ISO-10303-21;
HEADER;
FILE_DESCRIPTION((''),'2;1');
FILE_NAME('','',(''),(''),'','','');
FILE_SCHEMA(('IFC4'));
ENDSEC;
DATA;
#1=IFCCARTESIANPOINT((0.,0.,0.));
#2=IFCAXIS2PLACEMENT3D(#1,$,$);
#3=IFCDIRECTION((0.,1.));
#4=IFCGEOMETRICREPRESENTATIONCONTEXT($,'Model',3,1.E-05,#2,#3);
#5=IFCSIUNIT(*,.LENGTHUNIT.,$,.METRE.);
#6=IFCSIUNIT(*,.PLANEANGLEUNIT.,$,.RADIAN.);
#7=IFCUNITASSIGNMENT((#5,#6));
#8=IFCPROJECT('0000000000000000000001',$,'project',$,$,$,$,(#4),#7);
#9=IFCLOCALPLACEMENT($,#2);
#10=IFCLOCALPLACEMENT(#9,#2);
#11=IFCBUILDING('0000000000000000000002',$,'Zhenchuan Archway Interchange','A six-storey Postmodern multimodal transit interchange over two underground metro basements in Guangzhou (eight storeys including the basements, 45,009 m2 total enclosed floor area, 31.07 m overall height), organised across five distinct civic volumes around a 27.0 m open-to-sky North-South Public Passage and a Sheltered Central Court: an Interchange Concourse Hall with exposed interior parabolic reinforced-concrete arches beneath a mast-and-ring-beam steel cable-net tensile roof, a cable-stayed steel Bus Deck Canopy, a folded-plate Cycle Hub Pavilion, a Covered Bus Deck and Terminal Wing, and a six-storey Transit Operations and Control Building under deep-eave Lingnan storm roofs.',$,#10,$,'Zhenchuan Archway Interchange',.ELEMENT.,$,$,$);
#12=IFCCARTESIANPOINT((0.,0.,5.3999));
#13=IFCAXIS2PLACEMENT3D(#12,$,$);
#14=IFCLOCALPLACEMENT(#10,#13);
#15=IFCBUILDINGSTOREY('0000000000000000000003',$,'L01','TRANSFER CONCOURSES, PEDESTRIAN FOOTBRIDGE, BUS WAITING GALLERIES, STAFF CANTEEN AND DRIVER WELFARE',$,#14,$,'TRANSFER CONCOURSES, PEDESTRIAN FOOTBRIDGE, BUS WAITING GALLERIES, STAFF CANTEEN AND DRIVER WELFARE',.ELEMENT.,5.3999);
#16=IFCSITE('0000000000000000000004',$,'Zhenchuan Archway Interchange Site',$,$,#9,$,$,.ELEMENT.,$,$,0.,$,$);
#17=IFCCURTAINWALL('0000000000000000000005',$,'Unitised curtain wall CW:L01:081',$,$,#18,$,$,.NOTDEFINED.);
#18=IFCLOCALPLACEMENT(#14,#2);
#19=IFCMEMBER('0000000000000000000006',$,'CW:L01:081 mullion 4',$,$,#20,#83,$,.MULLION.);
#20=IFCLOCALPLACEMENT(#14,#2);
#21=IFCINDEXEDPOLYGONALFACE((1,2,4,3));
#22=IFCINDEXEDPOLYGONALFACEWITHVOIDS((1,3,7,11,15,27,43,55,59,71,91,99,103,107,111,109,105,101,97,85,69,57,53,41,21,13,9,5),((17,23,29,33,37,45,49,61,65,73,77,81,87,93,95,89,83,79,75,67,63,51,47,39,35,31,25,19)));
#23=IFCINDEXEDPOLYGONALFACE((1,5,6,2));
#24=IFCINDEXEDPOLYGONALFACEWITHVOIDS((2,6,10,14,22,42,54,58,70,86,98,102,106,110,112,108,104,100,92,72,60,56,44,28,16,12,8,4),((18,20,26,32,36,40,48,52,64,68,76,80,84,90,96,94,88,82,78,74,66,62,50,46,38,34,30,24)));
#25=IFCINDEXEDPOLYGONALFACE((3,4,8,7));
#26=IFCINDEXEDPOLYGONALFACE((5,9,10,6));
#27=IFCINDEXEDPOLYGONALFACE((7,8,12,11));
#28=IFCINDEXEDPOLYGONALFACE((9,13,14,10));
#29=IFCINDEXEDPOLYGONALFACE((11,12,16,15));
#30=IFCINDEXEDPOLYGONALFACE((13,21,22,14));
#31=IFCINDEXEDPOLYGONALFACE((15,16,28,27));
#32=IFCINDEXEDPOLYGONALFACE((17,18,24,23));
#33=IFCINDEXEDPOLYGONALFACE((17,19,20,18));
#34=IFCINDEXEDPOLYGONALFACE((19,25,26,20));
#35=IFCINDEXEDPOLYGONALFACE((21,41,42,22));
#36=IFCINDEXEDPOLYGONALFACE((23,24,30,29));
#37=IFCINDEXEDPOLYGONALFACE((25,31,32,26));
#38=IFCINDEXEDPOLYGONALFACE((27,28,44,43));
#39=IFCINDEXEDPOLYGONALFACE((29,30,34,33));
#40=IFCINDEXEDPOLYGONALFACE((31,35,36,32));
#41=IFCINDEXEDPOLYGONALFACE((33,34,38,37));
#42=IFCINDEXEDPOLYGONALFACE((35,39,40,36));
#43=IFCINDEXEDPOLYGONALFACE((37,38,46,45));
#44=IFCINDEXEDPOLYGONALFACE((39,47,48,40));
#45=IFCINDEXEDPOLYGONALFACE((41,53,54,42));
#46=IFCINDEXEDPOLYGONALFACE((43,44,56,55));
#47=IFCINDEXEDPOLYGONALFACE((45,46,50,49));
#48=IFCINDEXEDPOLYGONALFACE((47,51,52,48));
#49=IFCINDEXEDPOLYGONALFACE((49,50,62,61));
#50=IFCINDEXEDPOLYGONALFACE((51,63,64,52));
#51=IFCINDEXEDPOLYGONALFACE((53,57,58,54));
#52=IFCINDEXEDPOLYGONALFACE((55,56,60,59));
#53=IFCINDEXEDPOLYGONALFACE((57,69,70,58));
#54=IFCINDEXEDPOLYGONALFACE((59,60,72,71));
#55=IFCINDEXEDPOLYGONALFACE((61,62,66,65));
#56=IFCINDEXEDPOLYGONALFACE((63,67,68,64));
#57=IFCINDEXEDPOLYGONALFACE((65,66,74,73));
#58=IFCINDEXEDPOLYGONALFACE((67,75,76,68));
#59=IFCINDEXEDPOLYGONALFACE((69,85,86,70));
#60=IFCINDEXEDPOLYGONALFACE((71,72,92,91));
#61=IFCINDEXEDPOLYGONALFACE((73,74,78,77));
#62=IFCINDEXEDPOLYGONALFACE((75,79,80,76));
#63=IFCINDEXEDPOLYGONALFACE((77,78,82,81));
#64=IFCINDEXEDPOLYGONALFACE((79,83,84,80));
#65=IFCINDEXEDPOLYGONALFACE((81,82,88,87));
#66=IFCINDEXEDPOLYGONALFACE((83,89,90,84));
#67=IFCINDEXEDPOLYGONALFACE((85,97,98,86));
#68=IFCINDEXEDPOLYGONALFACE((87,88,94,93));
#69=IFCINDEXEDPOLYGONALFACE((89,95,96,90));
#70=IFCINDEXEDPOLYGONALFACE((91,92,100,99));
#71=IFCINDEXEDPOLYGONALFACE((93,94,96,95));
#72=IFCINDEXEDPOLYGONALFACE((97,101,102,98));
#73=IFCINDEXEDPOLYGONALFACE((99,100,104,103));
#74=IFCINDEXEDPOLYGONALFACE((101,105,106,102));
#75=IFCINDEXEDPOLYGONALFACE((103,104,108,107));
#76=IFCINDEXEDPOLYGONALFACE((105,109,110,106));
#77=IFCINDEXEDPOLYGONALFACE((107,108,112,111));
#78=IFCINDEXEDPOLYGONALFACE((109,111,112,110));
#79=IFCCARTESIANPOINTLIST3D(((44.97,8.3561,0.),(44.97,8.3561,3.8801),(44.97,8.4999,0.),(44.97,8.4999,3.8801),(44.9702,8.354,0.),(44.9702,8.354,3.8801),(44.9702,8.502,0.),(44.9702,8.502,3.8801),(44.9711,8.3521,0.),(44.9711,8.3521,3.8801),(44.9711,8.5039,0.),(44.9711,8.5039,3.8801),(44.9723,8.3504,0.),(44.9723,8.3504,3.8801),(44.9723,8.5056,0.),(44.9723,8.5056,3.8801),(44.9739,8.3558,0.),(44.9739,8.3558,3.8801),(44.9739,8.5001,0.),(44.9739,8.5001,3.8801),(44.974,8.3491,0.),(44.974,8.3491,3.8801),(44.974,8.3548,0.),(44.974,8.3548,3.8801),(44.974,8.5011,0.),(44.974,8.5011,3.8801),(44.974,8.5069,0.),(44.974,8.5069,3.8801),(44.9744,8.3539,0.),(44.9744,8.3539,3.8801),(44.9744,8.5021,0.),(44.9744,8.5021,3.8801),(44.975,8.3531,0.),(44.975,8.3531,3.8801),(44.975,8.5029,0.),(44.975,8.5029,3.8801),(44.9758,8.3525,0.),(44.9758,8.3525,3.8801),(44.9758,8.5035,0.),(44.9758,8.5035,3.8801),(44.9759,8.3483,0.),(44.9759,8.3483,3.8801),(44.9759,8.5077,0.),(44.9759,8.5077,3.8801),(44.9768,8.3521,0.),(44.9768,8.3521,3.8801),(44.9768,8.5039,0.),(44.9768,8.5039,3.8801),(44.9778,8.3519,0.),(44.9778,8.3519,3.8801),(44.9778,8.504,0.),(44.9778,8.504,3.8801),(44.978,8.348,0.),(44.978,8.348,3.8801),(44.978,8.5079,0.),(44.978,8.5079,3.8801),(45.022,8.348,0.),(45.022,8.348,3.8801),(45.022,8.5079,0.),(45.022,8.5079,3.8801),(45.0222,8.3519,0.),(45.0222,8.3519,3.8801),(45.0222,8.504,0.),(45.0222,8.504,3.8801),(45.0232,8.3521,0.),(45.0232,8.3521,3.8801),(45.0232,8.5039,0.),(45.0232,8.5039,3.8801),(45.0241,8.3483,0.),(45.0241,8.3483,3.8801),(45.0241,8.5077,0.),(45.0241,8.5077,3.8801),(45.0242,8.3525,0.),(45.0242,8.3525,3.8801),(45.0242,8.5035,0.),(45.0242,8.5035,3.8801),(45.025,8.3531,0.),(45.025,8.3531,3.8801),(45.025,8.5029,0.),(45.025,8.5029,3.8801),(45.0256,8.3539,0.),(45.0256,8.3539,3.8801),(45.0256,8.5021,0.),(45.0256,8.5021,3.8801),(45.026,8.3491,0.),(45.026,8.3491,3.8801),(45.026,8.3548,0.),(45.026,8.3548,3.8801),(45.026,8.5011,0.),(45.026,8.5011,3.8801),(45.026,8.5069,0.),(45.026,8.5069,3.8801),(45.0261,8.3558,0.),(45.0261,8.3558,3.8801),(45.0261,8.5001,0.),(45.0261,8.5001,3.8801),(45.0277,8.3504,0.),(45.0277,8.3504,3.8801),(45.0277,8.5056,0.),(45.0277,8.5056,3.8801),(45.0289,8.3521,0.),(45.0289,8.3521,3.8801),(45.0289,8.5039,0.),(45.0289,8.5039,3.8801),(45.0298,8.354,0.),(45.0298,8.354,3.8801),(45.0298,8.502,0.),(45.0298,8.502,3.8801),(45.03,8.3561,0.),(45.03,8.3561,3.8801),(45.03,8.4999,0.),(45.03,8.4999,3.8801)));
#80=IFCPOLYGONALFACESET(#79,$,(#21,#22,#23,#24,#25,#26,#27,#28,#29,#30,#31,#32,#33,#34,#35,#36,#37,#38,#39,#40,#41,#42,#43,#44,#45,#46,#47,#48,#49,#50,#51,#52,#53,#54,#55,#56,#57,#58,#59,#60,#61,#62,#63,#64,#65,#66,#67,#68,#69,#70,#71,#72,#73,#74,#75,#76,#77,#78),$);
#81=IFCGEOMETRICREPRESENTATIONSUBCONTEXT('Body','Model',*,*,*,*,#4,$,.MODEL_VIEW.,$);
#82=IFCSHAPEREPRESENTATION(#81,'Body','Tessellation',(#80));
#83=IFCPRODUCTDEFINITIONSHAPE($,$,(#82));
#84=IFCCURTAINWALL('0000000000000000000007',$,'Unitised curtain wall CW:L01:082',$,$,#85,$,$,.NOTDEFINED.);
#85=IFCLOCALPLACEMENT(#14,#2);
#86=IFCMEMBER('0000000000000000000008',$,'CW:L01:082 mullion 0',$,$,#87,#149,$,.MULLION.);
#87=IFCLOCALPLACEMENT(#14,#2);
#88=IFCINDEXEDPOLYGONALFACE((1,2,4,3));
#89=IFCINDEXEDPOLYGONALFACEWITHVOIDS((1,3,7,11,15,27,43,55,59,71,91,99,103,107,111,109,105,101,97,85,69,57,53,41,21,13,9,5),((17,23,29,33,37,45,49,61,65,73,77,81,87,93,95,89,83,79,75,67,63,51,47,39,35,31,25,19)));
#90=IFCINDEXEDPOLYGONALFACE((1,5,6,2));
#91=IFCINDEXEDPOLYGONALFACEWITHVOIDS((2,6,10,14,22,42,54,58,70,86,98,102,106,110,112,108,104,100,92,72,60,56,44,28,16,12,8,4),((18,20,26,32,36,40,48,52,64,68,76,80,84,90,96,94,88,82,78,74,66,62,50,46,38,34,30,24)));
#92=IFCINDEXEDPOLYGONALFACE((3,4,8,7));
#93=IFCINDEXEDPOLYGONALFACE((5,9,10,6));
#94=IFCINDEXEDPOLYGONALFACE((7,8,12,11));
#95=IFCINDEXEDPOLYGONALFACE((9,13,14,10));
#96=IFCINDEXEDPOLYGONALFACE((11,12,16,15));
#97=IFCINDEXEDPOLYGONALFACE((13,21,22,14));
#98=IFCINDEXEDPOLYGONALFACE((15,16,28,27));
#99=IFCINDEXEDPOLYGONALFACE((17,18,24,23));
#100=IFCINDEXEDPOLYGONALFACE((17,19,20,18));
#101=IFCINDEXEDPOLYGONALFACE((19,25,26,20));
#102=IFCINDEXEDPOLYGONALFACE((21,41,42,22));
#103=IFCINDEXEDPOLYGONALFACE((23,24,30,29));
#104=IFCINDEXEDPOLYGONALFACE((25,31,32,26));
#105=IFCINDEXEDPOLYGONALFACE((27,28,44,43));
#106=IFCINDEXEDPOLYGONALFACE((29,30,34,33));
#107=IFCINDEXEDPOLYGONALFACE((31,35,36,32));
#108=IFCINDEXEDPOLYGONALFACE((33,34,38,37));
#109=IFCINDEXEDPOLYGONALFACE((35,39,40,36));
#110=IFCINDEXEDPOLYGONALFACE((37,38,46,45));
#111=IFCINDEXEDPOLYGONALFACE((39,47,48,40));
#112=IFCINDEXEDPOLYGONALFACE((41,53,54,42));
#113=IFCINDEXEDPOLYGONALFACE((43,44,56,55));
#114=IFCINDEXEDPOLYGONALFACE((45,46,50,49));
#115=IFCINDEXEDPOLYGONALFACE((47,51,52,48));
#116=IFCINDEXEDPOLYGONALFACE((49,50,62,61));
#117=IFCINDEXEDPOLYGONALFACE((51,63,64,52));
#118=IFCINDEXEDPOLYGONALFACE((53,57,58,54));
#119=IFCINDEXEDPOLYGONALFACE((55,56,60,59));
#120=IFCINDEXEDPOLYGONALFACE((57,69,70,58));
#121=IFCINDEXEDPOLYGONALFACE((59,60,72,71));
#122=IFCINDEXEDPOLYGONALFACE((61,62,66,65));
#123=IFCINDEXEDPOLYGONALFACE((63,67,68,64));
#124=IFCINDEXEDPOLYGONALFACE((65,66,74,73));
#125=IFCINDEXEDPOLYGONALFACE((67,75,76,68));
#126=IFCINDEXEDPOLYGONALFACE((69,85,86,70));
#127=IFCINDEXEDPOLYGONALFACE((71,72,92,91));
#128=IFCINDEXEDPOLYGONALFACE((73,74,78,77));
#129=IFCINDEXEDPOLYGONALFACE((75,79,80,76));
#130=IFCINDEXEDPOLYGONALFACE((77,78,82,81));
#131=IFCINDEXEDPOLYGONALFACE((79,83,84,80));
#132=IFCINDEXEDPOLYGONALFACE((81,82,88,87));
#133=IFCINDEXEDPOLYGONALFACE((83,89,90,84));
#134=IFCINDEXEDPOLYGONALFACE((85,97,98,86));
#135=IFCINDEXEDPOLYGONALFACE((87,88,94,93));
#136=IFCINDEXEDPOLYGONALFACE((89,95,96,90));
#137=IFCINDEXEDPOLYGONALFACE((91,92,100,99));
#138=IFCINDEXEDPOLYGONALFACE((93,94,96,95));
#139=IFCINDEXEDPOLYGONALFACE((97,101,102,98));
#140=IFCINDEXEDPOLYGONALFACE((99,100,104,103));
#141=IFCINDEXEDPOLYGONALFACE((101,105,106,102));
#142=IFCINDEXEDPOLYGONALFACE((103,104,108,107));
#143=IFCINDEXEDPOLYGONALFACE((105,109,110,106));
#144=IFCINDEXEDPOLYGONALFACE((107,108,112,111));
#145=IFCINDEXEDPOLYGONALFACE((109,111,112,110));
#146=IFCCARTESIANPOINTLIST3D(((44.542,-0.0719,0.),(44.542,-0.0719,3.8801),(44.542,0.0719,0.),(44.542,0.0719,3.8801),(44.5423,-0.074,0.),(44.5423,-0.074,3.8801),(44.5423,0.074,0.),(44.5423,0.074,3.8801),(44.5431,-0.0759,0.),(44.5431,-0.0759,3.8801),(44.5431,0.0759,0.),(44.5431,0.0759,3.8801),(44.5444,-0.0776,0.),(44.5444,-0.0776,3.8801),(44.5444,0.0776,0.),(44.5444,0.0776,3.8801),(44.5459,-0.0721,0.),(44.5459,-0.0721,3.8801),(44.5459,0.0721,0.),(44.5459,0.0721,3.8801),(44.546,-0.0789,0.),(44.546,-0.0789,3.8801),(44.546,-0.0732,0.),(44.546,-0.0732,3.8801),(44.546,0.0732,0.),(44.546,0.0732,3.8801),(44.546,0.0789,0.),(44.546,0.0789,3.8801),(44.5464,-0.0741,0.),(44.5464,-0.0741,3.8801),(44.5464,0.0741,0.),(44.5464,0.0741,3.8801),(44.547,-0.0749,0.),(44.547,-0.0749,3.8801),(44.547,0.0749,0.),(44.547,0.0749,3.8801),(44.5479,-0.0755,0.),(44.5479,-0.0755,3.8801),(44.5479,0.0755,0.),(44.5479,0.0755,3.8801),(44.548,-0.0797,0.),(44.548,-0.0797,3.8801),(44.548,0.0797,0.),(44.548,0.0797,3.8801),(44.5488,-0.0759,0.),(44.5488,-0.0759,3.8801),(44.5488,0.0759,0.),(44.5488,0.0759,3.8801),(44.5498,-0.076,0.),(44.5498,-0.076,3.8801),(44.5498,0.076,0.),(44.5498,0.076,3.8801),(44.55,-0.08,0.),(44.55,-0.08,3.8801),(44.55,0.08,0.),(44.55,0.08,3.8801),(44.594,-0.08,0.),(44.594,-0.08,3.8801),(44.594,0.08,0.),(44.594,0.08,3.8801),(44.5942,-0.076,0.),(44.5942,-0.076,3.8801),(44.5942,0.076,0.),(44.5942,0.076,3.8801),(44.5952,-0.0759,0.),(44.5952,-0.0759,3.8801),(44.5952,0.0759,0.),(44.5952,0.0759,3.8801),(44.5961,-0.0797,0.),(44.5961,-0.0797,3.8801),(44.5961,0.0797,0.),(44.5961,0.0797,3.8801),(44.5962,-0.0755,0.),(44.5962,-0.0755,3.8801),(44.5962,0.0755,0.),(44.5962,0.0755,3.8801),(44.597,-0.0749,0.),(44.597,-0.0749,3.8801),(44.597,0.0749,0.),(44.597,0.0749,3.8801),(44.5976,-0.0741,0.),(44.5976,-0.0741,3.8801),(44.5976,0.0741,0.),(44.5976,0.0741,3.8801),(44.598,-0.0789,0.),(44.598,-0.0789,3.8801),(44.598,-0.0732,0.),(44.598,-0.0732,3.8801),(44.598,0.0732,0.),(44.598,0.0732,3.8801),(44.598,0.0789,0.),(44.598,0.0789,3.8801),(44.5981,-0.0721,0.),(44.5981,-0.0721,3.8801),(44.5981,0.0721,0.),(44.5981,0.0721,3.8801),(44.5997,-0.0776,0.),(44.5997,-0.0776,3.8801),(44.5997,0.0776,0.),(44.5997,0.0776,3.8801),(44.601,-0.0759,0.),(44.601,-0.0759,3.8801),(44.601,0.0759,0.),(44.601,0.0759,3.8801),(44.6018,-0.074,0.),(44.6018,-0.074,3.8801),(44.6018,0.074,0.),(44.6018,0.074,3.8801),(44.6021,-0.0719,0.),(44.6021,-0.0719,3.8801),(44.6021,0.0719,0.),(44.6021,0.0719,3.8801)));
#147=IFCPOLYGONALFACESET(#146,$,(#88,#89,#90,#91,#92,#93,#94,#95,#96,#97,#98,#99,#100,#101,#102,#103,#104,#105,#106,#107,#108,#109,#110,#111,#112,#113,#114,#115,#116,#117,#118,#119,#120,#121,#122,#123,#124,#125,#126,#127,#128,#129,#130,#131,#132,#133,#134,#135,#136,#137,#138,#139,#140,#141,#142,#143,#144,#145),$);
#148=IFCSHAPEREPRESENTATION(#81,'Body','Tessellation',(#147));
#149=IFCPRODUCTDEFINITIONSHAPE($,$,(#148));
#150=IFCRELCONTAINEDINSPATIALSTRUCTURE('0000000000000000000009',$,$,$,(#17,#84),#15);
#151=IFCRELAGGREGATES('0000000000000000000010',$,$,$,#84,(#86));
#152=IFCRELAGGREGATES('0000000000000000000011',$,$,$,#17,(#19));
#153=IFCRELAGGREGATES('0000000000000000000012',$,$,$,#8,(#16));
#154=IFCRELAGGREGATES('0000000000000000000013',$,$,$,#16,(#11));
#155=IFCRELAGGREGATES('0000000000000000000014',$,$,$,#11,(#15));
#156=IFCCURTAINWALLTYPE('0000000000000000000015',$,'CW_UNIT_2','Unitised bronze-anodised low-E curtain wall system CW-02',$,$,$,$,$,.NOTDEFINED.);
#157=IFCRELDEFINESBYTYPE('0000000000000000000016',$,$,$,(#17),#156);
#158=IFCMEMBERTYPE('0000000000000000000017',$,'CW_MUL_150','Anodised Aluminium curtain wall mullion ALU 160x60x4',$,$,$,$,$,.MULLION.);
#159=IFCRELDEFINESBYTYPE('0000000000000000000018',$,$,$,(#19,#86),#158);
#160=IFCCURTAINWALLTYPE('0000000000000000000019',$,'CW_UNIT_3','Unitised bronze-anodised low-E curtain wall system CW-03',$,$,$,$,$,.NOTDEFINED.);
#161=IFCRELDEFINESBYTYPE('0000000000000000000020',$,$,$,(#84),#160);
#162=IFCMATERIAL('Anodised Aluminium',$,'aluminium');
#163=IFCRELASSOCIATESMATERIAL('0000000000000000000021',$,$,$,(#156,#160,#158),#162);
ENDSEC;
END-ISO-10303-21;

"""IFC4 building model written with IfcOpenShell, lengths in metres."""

from ifc_helpers import new_model, si_unit, direction, frame, origin, origin_2d, place, context, subcontext, project, spatial, hollow_rectangle, extrude, material, material_profile, profile_set, type_object, element, aggregate, save


model = new_model("IFC4")

# Units and contexts
model_context = context("Model", 3, precision=1e-05, world=origin(), true_north=direction((0.0, 1.0)))
body_context = subcontext(model_context, "Body", "Model", "MODEL_VIEW")
ifc_project = project(units=[si_unit("LENGTHUNIT", "METRE"), si_unit("PLANEANGLEUNIT", "RADIAN")], contexts=[model_context])

# Site, building, storey
site_placement = place(None, origin())
site = spatial("IfcSite", under=ifc_project, at=site_placement, Name="Zhenchuan Archway Interchange Site", CompositionType="ELEMENT", RefElevation=0.0)
building_placement = place(site_placement, origin())
building = spatial("IfcBuilding", under=site, at=building_placement, Name="Zhenchuan Archway Interchange", Description="A six-storey Postmodern multimodal transit interchange over two underground metro basements in Guangzhou (eight storeys including the basements, 45,009 m2 total enclosed floor area, 31.07 m overall height), organised across five distinct civic volumes around a 27.0 m open-to-sky North-South Public Passage and a Sheltered Central Court: an Interchange Concourse Hall with exposed interior parabolic reinforced-concrete arches beneath a mast-and-ring-beam steel cable-net tensile roof, a cable-stayed steel Bus Deck Canopy, a folded-plate Cycle Hub Pavilion, a Covered Bus Deck and Terminal Wing, and a six-storey Transit Operations and Control Building under deep-eave Lingnan storm roofs.", LongName="Zhenchuan Archway Interchange", CompositionType="ELEMENT")
storey_placement = place(building_placement, frame((0.0, 0.0, 5.3999)))
storey = spatial("IfcBuildingStorey", under=building, at=storey_placement, Name="L01", Description="TRANSFER CONCOURSES, PEDESTRIAN FOOTBRIDGE, BUS WAITING GALLERIES, STAFF CANTEEN AND DRIVER WELFARE", LongName="TRANSFER CONCOURSES, PEDESTRIAN FOOTBRIDGE, BUS WAITING GALLERIES, STAFF CANTEEN AND DRIVER WELFARE", CompositionType="ELEMENT", Elevation=5.3999)

# Curtain wall, member
ifc_material_1 = material(Name="Anodised Aluminium", Category="aluminium")
curtain_wall_type_1 = type_object("IfcCurtainWallType", Name="CW_UNIT_2", Description="Unitised bronze-anodised low-E curtain wall system CW-02", PredefinedType="NOTDEFINED", material=ifc_material_1)
curtain_wall_1_placement = place(storey_placement, origin())
curtain_wall_1 = element("IfcCurtainWall", 1, at=curtain_wall_1_placement, inside=storey, type_object=curtain_wall_type_1, Name="Unitised curtain wall CW:L01:081", PredefinedType="NOTDEFINED")
ifc_material_profile_1 = material_profile(ifc_material_1, hollow_rectangle(XDim=0.0601, YDim=0.1599, WallThickness=0.0039, InnerFilletRadius=0.0039, OuterFilletRadius=0.0081, at=origin_2d()), Name="ALU 160x60x4")
ifc_profile_set_1 = profile_set([ifc_material_profile_1], Name="Anodised Aluminium")
member_type_1 = type_object("IfcMemberType", Name="CW_MUL_150", Description="Anodised Aluminium curtain wall mullion ALU 160x60x4", PredefinedType="MULLION", material=ifc_profile_set_1)
member_1_placement = place(storey_placement, frame((45.0, 8.428, 0.0), z_axis=(0.0, 0.0, 1.0), x_axis=(1.0, 0.0, 0.0)))
member_1 = element("IfcMember", 2, at=member_1_placement, type_object=member_type_1, Name="CW:L01:081 mullion 4", PredefinedType="MULLION", context=body_context, shape_type="SweptSolid", body=[
    extrude(hollow_rectangle(XDim=0.0601, YDim=0.1599, WallThickness=0.0039, InnerFilletRadius=0.0039, OuterFilletRadius=0.0081, at=origin_2d()), origin(), (0.0, 0.0, 1.0), 3.8801),
])

# Curtain wall, member
curtain_wall_type_2 = type_object("IfcCurtainWallType", Name="CW_UNIT_3", Description="Unitised bronze-anodised low-E curtain wall system CW-03", PredefinedType="NOTDEFINED", material=ifc_material_1)
curtain_wall_2_placement = place(storey_placement, origin())
curtain_wall_2 = element("IfcCurtainWall", 3, at=curtain_wall_2_placement, inside=storey, type_object=curtain_wall_type_2, Name="Unitised curtain wall CW:L01:082", PredefinedType="NOTDEFINED")
member_2_placement = place(storey_placement, frame((44.572, 0.0, 0.0), z_axis=(0.0, 0.0, 1.0), x_axis=(1.0, 0.0, 0.0)))
member_2 = element("IfcMember", 4, at=member_2_placement, type_object=member_type_1, Name="CW:L01:082 mullion 0", PredefinedType="MULLION", context=body_context, shape_type="SweptSolid", body=[
    extrude(hollow_rectangle(XDim=0.0601, YDim=0.1599, WallThickness=0.0039, InnerFilletRadius=0.0039, OuterFilletRadius=0.0081, at=origin_2d()), origin(), (0.0, 0.0, 1.0), 3.8801),
])

aggregate(curtain_wall_2, [member_2])

aggregate(curtain_wall_1, [member_1])

save(model, "model.ifc")
